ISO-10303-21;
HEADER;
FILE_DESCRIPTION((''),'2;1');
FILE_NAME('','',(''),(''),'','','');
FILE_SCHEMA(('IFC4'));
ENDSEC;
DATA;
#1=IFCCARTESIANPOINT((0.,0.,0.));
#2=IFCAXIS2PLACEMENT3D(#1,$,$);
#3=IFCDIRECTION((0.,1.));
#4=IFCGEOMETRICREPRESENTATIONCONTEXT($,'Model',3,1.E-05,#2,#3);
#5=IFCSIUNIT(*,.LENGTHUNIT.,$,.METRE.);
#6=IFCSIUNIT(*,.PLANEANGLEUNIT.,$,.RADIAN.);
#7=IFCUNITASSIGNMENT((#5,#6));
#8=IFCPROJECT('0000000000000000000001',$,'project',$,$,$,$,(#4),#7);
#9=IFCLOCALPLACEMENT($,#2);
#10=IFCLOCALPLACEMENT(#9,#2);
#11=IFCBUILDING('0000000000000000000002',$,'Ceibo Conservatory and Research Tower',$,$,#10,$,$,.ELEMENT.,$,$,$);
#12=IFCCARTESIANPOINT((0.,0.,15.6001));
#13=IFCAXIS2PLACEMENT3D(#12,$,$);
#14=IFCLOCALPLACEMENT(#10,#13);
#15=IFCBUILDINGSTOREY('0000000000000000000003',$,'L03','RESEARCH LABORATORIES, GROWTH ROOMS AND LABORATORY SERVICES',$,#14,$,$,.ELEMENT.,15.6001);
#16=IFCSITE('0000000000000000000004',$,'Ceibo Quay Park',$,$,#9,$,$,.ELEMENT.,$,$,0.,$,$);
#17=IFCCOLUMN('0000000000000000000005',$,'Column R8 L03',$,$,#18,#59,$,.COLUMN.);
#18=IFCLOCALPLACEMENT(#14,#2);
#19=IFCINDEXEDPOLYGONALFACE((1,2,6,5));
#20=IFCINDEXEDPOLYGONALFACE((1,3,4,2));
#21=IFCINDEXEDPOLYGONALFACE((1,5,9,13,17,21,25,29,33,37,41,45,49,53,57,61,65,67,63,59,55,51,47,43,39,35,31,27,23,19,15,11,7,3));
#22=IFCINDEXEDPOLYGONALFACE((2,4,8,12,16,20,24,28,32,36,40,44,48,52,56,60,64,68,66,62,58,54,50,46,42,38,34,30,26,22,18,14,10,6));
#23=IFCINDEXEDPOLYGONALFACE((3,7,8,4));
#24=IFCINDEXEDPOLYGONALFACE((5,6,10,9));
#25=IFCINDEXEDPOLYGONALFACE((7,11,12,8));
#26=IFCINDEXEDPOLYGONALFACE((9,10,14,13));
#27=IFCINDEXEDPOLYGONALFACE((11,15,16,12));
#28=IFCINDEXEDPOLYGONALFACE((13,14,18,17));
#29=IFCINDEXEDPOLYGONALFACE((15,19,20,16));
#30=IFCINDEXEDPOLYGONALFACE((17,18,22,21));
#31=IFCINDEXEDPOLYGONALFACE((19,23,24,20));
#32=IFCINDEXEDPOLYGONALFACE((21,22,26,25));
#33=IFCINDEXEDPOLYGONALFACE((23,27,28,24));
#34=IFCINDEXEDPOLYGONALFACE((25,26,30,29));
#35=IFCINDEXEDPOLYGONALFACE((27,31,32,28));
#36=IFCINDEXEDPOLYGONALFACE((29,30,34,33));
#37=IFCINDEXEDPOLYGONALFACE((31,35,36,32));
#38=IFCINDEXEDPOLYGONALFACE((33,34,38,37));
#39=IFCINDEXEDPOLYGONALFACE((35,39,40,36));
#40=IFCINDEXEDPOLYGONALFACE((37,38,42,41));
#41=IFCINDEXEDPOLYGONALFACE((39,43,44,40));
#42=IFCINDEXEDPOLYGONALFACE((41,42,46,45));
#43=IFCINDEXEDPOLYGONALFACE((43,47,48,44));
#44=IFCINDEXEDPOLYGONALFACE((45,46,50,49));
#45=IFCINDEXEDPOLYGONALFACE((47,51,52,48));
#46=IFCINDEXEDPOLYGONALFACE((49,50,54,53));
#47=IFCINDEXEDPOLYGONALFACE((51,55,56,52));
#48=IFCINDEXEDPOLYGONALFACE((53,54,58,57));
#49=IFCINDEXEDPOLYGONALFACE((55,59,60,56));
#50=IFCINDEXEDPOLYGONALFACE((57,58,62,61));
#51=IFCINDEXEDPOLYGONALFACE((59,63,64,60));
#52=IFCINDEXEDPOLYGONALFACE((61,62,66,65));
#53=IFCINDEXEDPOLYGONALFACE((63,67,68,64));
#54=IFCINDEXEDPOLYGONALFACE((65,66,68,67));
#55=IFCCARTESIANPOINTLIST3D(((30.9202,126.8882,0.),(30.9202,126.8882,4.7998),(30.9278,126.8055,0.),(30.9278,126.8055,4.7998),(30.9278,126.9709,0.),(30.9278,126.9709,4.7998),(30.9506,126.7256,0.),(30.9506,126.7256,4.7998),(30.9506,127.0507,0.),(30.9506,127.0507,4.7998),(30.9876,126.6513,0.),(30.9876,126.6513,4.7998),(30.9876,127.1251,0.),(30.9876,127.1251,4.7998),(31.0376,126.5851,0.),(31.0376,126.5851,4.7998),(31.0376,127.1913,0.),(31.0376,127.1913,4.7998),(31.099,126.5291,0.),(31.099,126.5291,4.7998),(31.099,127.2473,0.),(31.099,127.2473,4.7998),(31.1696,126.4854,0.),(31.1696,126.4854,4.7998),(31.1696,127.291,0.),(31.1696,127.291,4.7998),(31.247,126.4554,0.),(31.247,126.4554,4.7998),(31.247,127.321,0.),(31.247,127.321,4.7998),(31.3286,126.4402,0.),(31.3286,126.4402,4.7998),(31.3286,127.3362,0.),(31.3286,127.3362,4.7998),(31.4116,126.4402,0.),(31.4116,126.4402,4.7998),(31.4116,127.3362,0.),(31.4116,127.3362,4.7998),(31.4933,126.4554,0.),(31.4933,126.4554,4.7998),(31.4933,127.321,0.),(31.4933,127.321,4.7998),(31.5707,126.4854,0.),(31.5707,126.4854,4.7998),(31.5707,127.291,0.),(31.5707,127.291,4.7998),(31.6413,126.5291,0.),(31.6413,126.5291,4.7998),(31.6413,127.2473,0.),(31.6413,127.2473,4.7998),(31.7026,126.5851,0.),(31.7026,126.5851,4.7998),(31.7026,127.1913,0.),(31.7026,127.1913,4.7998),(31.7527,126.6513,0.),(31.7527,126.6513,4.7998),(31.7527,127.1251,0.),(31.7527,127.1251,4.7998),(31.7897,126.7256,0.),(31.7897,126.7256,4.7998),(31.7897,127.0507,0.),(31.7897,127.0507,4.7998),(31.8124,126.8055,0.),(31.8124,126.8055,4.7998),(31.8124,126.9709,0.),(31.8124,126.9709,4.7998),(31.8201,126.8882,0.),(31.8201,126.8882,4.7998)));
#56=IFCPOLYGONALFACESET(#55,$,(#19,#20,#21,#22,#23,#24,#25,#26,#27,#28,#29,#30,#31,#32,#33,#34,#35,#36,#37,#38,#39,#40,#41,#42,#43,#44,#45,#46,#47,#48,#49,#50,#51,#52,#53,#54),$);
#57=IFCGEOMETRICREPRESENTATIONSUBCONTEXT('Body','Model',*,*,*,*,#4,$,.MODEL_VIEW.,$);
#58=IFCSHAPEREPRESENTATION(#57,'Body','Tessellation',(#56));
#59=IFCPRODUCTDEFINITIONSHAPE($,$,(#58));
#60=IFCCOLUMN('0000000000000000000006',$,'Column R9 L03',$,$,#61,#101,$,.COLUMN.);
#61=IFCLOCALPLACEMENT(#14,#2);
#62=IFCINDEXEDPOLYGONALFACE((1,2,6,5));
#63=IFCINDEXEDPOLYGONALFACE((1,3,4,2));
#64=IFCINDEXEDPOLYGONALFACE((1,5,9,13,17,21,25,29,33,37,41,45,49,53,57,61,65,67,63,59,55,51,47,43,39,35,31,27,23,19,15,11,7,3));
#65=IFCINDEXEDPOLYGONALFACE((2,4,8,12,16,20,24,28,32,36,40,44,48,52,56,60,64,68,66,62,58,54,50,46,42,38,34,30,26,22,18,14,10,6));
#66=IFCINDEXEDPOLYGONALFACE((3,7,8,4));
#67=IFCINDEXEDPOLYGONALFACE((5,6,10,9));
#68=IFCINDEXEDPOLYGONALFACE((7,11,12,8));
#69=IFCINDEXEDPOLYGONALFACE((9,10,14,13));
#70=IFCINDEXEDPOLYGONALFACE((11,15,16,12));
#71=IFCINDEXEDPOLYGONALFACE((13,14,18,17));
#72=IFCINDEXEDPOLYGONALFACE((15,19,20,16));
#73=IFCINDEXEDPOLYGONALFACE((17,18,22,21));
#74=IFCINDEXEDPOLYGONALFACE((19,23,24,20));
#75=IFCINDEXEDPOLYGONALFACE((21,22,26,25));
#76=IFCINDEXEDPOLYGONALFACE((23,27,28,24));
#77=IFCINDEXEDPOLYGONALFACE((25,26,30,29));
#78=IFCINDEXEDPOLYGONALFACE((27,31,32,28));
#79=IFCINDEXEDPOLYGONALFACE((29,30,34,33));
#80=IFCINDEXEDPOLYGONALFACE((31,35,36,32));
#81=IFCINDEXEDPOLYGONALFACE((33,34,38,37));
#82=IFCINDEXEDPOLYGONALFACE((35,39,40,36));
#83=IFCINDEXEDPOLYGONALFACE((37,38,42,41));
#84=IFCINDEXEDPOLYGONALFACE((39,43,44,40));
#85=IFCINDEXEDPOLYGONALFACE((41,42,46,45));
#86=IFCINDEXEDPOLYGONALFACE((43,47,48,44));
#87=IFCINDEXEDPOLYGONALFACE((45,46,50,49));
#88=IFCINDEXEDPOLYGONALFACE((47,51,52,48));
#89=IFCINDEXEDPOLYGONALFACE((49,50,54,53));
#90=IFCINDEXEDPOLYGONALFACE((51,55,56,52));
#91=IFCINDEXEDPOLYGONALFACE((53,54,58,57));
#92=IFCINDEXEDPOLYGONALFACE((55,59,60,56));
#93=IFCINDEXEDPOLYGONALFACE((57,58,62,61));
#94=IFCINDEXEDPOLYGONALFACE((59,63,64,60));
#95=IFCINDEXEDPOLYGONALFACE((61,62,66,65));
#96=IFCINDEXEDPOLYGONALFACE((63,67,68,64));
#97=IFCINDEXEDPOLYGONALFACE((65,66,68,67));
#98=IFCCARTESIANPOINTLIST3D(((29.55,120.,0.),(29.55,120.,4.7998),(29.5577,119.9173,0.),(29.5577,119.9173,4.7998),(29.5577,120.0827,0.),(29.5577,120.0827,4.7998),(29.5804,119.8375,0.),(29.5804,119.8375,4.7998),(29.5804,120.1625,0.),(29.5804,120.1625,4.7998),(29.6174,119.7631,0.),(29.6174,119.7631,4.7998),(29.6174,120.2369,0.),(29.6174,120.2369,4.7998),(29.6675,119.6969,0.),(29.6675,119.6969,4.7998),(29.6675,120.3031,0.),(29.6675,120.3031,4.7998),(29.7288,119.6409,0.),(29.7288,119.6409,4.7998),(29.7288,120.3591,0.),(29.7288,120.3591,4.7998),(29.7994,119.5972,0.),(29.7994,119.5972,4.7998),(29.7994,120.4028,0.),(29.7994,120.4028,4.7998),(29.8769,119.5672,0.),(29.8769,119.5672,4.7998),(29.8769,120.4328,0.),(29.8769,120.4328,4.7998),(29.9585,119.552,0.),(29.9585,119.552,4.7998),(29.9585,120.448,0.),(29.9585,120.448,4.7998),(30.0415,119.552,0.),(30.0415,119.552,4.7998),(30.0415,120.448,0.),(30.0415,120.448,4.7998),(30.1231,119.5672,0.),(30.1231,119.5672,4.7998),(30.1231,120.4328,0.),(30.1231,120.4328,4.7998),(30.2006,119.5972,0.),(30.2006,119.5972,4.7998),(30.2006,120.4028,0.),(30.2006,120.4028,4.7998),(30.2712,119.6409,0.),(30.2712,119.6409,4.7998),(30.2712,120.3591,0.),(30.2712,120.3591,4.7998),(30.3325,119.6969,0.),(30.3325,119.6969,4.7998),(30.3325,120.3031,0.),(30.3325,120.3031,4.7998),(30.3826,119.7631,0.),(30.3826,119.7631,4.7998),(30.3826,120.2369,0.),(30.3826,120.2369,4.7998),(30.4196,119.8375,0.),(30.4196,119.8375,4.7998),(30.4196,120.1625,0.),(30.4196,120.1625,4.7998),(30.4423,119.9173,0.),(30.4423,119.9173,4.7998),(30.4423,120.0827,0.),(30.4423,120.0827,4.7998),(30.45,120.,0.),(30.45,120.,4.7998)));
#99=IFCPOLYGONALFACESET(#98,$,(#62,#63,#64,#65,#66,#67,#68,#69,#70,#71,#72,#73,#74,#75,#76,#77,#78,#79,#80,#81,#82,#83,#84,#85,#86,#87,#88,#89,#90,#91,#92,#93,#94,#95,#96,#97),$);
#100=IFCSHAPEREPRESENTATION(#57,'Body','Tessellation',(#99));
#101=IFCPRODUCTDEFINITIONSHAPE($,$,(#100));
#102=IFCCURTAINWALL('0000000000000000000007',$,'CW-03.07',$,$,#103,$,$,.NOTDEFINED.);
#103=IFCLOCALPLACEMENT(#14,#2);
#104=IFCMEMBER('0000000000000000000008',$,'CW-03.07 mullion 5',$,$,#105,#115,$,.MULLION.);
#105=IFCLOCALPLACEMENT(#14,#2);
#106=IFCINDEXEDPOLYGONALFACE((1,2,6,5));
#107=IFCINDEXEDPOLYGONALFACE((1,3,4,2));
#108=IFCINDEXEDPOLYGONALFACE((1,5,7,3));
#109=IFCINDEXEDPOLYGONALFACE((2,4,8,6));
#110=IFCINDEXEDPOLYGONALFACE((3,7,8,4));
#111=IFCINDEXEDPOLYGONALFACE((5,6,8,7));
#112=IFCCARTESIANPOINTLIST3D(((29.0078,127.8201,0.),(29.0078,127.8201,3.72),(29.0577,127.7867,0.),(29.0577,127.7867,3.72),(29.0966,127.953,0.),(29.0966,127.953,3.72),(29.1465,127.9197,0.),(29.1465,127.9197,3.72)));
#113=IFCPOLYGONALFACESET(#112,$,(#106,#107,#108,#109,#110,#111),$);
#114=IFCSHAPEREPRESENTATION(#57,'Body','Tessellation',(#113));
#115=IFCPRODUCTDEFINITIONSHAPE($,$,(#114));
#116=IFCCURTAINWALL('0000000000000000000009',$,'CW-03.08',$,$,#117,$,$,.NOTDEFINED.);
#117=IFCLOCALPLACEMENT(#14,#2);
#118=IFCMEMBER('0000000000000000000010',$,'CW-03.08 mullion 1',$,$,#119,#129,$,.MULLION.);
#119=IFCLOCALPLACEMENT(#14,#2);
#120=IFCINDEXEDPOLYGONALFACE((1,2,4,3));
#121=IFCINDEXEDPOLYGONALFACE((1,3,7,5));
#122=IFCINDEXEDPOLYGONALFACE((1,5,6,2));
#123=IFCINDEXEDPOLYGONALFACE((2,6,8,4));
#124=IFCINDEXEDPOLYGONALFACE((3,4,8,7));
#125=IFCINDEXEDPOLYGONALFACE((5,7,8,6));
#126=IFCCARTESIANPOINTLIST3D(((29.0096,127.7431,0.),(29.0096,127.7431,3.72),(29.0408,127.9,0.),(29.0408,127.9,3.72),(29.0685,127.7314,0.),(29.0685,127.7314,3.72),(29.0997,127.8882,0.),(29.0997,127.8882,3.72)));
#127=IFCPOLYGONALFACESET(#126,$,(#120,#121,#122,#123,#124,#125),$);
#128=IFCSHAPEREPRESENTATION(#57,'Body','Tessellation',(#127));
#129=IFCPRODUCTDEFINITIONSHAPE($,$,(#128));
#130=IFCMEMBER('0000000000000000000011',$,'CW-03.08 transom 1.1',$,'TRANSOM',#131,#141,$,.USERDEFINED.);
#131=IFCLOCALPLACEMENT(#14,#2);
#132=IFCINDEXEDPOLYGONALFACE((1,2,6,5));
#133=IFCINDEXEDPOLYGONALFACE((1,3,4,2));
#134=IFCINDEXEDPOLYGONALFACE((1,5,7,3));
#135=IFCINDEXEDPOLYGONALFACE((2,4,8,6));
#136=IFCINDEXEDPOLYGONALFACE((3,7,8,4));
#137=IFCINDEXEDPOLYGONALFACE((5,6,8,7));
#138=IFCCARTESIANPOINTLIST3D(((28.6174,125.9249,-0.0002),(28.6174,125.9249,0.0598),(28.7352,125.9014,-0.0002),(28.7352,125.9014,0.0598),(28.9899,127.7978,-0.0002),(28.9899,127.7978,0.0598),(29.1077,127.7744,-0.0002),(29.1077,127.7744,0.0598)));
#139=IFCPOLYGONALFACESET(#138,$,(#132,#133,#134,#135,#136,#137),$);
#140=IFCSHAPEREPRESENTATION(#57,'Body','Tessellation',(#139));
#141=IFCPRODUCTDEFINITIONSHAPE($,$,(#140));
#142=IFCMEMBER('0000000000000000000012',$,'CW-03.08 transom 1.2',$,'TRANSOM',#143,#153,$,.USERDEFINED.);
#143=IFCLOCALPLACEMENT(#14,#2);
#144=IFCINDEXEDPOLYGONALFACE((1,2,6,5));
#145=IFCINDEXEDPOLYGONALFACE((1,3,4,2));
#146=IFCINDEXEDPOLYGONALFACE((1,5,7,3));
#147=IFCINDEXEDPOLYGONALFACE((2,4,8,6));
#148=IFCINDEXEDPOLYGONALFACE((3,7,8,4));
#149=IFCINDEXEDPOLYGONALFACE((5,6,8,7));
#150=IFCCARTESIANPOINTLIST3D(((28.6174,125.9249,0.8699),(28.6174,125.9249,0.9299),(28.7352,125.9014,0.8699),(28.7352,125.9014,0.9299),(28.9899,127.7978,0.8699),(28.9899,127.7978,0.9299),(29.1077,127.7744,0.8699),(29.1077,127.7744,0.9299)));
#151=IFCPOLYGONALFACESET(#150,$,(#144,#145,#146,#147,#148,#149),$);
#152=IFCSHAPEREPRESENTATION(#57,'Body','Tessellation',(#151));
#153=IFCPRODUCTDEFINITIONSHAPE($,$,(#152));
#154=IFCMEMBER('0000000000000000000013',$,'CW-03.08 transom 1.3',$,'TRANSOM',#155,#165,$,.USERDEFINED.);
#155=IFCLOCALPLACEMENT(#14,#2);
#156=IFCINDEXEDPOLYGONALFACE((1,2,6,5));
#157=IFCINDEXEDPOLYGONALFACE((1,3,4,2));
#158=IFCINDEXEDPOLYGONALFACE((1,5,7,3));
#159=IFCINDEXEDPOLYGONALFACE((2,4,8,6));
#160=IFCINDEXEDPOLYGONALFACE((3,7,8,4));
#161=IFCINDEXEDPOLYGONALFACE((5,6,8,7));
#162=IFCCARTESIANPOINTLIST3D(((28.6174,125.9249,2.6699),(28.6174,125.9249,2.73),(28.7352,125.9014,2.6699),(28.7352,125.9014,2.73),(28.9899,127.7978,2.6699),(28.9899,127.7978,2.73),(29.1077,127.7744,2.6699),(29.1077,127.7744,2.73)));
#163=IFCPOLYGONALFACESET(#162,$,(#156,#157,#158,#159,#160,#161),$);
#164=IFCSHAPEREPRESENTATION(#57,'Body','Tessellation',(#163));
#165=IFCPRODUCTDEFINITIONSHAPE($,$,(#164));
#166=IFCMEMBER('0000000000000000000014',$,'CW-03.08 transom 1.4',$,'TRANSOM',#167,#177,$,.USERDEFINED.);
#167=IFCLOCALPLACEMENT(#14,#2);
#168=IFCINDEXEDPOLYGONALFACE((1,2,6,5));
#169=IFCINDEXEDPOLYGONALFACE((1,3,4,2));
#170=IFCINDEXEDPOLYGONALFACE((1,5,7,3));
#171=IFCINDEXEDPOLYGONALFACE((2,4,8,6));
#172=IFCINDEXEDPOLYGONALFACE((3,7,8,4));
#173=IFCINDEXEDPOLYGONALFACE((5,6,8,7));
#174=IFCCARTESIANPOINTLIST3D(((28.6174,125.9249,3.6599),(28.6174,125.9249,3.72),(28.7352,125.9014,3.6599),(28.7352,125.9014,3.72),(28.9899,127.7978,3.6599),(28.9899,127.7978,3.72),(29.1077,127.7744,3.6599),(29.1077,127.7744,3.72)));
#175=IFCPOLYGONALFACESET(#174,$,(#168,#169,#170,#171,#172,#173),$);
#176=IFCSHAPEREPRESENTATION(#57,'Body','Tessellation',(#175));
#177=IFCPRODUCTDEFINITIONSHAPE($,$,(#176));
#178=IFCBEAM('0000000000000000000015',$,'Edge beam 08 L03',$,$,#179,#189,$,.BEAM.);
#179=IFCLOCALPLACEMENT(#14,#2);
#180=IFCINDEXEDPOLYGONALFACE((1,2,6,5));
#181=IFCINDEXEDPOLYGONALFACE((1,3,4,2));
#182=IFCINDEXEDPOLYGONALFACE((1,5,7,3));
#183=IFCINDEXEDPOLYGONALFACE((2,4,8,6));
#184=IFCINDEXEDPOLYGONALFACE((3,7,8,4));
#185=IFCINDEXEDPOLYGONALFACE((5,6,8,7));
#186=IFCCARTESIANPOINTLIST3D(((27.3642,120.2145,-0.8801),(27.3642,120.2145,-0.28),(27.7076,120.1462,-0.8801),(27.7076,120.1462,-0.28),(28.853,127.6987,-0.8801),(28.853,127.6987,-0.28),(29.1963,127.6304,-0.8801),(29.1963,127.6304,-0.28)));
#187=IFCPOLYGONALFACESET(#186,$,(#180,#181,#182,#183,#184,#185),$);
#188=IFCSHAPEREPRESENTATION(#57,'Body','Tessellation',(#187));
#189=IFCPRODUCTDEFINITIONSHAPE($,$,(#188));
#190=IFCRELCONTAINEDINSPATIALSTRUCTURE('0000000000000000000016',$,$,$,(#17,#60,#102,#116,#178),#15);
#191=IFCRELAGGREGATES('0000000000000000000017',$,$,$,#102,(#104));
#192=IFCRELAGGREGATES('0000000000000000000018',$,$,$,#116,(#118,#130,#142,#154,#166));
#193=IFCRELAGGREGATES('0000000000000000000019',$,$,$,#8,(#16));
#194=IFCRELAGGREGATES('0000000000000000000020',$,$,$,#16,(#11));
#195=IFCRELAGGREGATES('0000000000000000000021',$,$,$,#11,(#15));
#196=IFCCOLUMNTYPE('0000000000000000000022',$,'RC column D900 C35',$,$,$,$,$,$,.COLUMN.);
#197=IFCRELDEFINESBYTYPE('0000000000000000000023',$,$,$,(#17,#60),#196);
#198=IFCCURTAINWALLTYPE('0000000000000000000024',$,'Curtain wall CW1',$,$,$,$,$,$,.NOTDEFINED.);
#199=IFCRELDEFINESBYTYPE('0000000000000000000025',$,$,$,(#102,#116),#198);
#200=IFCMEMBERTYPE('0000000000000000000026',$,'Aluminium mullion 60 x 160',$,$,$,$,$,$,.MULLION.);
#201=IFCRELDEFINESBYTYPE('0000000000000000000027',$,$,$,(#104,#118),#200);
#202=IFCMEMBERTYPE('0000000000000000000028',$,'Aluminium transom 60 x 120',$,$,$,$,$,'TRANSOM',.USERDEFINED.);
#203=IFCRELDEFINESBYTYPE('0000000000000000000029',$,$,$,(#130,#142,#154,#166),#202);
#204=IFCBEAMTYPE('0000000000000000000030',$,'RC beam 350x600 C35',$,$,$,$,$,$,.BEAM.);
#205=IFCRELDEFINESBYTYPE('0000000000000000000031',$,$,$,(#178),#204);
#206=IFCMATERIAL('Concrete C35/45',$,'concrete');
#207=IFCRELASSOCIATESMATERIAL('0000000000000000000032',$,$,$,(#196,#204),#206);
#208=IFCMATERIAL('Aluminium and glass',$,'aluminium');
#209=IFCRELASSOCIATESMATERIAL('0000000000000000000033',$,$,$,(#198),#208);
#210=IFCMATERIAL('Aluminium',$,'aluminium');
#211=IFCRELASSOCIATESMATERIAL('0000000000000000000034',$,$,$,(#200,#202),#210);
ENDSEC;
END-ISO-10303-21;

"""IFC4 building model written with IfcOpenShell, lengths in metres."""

from ifc_helpers import new_model, si_unit, direction, frame, origin, origin_2d, place, context, subcontext, project, spatial, rectangle, circle, extrude, material, material_profile, profile_set, type_object, element, aggregate, save


model = new_model("IFC4")

# Units and contexts
model_context = context("Model", 3, precision=1e-05, world=origin(), true_north=direction((0.0, 1.0)))
body_context = subcontext(model_context, "Body", "Model", "MODEL_VIEW")
ifc_project = project(units=[si_unit("LENGTHUNIT", "METRE"), si_unit("PLANEANGLEUNIT", "RADIAN")], contexts=[model_context])

# Site, building, storey
site_placement = place(None, origin())
site = spatial("IfcSite", under=ifc_project, at=site_placement, Name="Ceibo Quay Park", CompositionType="ELEMENT", RefElevation=0.0)
building_placement = place(site_placement, origin())
building = spatial("IfcBuilding", under=site, at=building_placement, Name="Ceibo Conservatory and Research Tower", CompositionType="ELEMENT")
storey_placement = place(building_placement, frame((0.0, 0.0, 15.6001)))
storey = spatial("IfcBuildingStorey", under=building, at=storey_placement, Name="L03", Description="RESEARCH LABORATORIES, GROWTH ROOMS AND LABORATORY SERVICES", CompositionType="ELEMENT", Elevation=15.6001)

# Columns
ifc_material_1 = material(Name="Concrete C35/45", Category="concrete")
ifc_material_profile_1 = material_profile(ifc_material_1, circle(Radius=0.45, at=origin_2d()), Name="RC D900")
ifc_profile_set_1 = profile_set([ifc_material_profile_1], Name="Concrete C35/45")
column_type = type_object("IfcColumnType", Name="RC column D900 C35", PredefinedType="COLUMN", material=ifc_profile_set_1)
for number, where, z_axis, x_axis, name in (
    (1, (31.3701, 126.8882, 0.0), (0.0, 0.0, 1.0), (1.0, 0.0, 0.0), "Column R8 L03"),
    (2, (30.0, 120.0, 0.0), (0.0, 0.0, 1.0), (1.0, 0.0, 0.0), "Column R9 L03"),
):
    element("IfcColumn", number, at=place(storey_placement, frame(where, z_axis=z_axis, x_axis=x_axis)), inside=storey, type_object=column_type, Name=name, PredefinedType="COLUMN", context=body_context, shape_type="SweptSolid", body=[
        extrude(circle(Radius=0.45, at=origin_2d()), origin(), (0.0, 0.0, 1.0), 4.7998),
    ])

# Curtain wall, member
ifc_material_2 = material(Name="Aluminium and glass", Category="aluminium")
curtain_wall_type = type_object("IfcCurtainWallType", Name="Curtain wall CW1", PredefinedType="NOTDEFINED", material=ifc_material_2)
curtain_wall_1_placement = place(storey_placement, origin())
curtain_wall_1 = element("IfcCurtainWall", 3, at=curtain_wall_1_placement, inside=storey, type_object=curtain_wall_type, Name="CW-03.07", PredefinedType="NOTDEFINED")
ifc_material_3 = material(Name="Aluminium", Category="aluminium")
ifc_material_profile_2 = material_profile(ifc_material_3, rectangle(XDim=0.0601, YDim=0.1599, at=origin_2d()), Name="Aluminium 60 x 160")
ifc_profile_set_2 = profile_set([ifc_material_profile_2], Name="Aluminium")
member_type_1 = type_object("IfcMemberType", Name="Aluminium mullion 60 x 160", PredefinedType="MULLION", material=ifc_profile_set_2)
member_1_placement = place(storey_placement, frame((29.0771, 127.8699, 0.0), z_axis=(0.0, 0.0, 1.0), x_axis=(0.83147, -0.55557, 0.0)))
member_1 = element("IfcMember", 4, at=member_1_placement, type_object=member_type_1, Name="CW-03.07 mullion 5", PredefinedType="MULLION", context=body_context, shape_type="SweptSolid", body=[
    extrude(rectangle(XDim=0.0601, YDim=0.1599, at=origin_2d()), origin(), (0.0, 0.0, 1.0), 3.72),
])

# Curtain wall, members
curtain_wall_2_placement = place(storey_placement, origin())
curtain_wall_2 = element("IfcCurtainWall", 5, at=curtain_wall_2_placement, inside=storey, type_object=curtain_wall_type, Name="CW-03.08", PredefinedType="NOTDEFINED")
member_2_placement = place(storey_placement, frame((29.0547, 127.8157, 0.0), z_axis=(0.0, 0.0, 1.0), x_axis=(0.980785, -0.19509, 0.0)))
member_2 = element("IfcMember", 6, at=member_2_placement, type_object=member_type_1, Name="CW-03.08 mullion 1", PredefinedType="MULLION", context=body_context, shape_type="SweptSolid", body=[
    extrude(rectangle(XDim=0.0601, YDim=0.1599, at=origin_2d()), origin(), (0.0, 0.0, 1.0), 3.72),
])
ifc_material_profile_3 = material_profile(ifc_material_3, rectangle(XDim=0.1201, YDim=0.0601, at=origin_2d()), Name="Aluminium 60 x 120")
ifc_profile_set_3 = profile_set([ifc_material_profile_3], Name="Aluminium")
member_type_2 = type_object("IfcMemberType", Name="Aluminium transom 60 x 120", ElementType="TRANSOM", PredefinedType="USERDEFINED", material=ifc_profile_set_3)
member_3_placement = place(storey_placement, frame((29.0488, 127.7861, 0.0298), z_axis=(-0.195083, -0.980787, 0.0), x_axis=(0.980787, -0.195083, 0.0)))
member_3 = element("IfcMember", 7, at=member_3_placement, type_object=member_type_2, Name="CW-03.08 transom 1.1", ObjectType="TRANSOM", PredefinedType="USERDEFINED", context=body_context, shape_type="SweptSolid", body=[
    extrude(rectangle(XDim=0.1201, YDim=0.0601, at=origin_2d()), origin(), (0.0, 0.0, 1.0), 1.9097),
])
member_4_placement = place(storey_placement, frame((29.0488, 127.7861, 0.8999), z_axis=(-0.195083, -0.980787, 0.0), x_axis=(0.980787, -0.195083, 0.0)))
member_4 = element("IfcMember", 8, at=member_4_placement, type_object=member_type_2, Name="CW-03.08 transom 1.2", ObjectType="TRANSOM", PredefinedType="USERDEFINED", context=body_context, shape_type="SweptSolid", body=[
    extrude(rectangle(XDim=0.1201, YDim=0.0601, at=origin_2d()), origin(), (0.0, 0.0, 1.0), 1.9097),
])
member_5_placement = place(storey_placement, frame((29.0488, 127.7861, 2.7), z_axis=(-0.195083, -0.980787, 0.0), x_axis=(0.980787, -0.195083, 0.0)))
member_5 = element("IfcMember", 9, at=member_5_placement, type_object=member_type_2, Name="CW-03.08 transom 1.3", ObjectType="TRANSOM", PredefinedType="USERDEFINED", context=body_context, shape_type="SweptSolid", body=[
    extrude(rectangle(XDim=0.1201, YDim=0.0601, at=origin_2d()), origin(), (0.0, 0.0, 1.0), 1.9097),
])
member_6_placement = place(storey_placement, frame((29.0488, 127.7861, 3.6899), z_axis=(-0.195083, -0.980787, 0.0), x_axis=(0.980787, -0.195083, 0.0)))
member_6 = element("IfcMember", 10, at=member_6_placement, type_object=member_type_2, Name="CW-03.08 transom 1.4", ObjectType="TRANSOM", PredefinedType="USERDEFINED", context=body_context, shape_type="SweptSolid", body=[
    extrude(rectangle(XDim=0.1201, YDim=0.0601, at=origin_2d()), origin(), (0.0, 0.0, 1.0), 1.9097),
])

# Beam
ifc_material_profile_4 = material_profile(ifc_material_1, rectangle(XDim=0.3501, YDim=0.6001, at=origin_2d()), Name="RC 350x600")
ifc_profile_set_4 = profile_set([ifc_material_profile_4], Name="Concrete C35/45")
beam_type_1 = type_object("IfcBeamType", Name="RC beam 350x600 C35", PredefinedType="BEAM", material=ifc_profile_set_4)
beam_placement = place(storey_placement, frame((29.0247, 127.6646, -0.5801), z_axis=(-0.195101, -0.980783, 0.0), x_axis=(0.980783, -0.195101, 0.0)))
element("IfcBeam", 11, at=beam_placement, inside=storey, type_object=beam_type_1, Name="Edge beam 08 L03", PredefinedType="BEAM", context=body_context, shape_type="SweptSolid", body=[
    extrude(rectangle(XDim=0.3501, YDim=0.6001, at=origin_2d()), origin(), (0.0, 0.0, 1.0), 7.6309),
])

aggregate(curtain_wall_1, [member_1])
aggregate(curtain_wall_2, [member_2, member_3, member_4, member_5, member_6])

save(model, "model.ifc")
